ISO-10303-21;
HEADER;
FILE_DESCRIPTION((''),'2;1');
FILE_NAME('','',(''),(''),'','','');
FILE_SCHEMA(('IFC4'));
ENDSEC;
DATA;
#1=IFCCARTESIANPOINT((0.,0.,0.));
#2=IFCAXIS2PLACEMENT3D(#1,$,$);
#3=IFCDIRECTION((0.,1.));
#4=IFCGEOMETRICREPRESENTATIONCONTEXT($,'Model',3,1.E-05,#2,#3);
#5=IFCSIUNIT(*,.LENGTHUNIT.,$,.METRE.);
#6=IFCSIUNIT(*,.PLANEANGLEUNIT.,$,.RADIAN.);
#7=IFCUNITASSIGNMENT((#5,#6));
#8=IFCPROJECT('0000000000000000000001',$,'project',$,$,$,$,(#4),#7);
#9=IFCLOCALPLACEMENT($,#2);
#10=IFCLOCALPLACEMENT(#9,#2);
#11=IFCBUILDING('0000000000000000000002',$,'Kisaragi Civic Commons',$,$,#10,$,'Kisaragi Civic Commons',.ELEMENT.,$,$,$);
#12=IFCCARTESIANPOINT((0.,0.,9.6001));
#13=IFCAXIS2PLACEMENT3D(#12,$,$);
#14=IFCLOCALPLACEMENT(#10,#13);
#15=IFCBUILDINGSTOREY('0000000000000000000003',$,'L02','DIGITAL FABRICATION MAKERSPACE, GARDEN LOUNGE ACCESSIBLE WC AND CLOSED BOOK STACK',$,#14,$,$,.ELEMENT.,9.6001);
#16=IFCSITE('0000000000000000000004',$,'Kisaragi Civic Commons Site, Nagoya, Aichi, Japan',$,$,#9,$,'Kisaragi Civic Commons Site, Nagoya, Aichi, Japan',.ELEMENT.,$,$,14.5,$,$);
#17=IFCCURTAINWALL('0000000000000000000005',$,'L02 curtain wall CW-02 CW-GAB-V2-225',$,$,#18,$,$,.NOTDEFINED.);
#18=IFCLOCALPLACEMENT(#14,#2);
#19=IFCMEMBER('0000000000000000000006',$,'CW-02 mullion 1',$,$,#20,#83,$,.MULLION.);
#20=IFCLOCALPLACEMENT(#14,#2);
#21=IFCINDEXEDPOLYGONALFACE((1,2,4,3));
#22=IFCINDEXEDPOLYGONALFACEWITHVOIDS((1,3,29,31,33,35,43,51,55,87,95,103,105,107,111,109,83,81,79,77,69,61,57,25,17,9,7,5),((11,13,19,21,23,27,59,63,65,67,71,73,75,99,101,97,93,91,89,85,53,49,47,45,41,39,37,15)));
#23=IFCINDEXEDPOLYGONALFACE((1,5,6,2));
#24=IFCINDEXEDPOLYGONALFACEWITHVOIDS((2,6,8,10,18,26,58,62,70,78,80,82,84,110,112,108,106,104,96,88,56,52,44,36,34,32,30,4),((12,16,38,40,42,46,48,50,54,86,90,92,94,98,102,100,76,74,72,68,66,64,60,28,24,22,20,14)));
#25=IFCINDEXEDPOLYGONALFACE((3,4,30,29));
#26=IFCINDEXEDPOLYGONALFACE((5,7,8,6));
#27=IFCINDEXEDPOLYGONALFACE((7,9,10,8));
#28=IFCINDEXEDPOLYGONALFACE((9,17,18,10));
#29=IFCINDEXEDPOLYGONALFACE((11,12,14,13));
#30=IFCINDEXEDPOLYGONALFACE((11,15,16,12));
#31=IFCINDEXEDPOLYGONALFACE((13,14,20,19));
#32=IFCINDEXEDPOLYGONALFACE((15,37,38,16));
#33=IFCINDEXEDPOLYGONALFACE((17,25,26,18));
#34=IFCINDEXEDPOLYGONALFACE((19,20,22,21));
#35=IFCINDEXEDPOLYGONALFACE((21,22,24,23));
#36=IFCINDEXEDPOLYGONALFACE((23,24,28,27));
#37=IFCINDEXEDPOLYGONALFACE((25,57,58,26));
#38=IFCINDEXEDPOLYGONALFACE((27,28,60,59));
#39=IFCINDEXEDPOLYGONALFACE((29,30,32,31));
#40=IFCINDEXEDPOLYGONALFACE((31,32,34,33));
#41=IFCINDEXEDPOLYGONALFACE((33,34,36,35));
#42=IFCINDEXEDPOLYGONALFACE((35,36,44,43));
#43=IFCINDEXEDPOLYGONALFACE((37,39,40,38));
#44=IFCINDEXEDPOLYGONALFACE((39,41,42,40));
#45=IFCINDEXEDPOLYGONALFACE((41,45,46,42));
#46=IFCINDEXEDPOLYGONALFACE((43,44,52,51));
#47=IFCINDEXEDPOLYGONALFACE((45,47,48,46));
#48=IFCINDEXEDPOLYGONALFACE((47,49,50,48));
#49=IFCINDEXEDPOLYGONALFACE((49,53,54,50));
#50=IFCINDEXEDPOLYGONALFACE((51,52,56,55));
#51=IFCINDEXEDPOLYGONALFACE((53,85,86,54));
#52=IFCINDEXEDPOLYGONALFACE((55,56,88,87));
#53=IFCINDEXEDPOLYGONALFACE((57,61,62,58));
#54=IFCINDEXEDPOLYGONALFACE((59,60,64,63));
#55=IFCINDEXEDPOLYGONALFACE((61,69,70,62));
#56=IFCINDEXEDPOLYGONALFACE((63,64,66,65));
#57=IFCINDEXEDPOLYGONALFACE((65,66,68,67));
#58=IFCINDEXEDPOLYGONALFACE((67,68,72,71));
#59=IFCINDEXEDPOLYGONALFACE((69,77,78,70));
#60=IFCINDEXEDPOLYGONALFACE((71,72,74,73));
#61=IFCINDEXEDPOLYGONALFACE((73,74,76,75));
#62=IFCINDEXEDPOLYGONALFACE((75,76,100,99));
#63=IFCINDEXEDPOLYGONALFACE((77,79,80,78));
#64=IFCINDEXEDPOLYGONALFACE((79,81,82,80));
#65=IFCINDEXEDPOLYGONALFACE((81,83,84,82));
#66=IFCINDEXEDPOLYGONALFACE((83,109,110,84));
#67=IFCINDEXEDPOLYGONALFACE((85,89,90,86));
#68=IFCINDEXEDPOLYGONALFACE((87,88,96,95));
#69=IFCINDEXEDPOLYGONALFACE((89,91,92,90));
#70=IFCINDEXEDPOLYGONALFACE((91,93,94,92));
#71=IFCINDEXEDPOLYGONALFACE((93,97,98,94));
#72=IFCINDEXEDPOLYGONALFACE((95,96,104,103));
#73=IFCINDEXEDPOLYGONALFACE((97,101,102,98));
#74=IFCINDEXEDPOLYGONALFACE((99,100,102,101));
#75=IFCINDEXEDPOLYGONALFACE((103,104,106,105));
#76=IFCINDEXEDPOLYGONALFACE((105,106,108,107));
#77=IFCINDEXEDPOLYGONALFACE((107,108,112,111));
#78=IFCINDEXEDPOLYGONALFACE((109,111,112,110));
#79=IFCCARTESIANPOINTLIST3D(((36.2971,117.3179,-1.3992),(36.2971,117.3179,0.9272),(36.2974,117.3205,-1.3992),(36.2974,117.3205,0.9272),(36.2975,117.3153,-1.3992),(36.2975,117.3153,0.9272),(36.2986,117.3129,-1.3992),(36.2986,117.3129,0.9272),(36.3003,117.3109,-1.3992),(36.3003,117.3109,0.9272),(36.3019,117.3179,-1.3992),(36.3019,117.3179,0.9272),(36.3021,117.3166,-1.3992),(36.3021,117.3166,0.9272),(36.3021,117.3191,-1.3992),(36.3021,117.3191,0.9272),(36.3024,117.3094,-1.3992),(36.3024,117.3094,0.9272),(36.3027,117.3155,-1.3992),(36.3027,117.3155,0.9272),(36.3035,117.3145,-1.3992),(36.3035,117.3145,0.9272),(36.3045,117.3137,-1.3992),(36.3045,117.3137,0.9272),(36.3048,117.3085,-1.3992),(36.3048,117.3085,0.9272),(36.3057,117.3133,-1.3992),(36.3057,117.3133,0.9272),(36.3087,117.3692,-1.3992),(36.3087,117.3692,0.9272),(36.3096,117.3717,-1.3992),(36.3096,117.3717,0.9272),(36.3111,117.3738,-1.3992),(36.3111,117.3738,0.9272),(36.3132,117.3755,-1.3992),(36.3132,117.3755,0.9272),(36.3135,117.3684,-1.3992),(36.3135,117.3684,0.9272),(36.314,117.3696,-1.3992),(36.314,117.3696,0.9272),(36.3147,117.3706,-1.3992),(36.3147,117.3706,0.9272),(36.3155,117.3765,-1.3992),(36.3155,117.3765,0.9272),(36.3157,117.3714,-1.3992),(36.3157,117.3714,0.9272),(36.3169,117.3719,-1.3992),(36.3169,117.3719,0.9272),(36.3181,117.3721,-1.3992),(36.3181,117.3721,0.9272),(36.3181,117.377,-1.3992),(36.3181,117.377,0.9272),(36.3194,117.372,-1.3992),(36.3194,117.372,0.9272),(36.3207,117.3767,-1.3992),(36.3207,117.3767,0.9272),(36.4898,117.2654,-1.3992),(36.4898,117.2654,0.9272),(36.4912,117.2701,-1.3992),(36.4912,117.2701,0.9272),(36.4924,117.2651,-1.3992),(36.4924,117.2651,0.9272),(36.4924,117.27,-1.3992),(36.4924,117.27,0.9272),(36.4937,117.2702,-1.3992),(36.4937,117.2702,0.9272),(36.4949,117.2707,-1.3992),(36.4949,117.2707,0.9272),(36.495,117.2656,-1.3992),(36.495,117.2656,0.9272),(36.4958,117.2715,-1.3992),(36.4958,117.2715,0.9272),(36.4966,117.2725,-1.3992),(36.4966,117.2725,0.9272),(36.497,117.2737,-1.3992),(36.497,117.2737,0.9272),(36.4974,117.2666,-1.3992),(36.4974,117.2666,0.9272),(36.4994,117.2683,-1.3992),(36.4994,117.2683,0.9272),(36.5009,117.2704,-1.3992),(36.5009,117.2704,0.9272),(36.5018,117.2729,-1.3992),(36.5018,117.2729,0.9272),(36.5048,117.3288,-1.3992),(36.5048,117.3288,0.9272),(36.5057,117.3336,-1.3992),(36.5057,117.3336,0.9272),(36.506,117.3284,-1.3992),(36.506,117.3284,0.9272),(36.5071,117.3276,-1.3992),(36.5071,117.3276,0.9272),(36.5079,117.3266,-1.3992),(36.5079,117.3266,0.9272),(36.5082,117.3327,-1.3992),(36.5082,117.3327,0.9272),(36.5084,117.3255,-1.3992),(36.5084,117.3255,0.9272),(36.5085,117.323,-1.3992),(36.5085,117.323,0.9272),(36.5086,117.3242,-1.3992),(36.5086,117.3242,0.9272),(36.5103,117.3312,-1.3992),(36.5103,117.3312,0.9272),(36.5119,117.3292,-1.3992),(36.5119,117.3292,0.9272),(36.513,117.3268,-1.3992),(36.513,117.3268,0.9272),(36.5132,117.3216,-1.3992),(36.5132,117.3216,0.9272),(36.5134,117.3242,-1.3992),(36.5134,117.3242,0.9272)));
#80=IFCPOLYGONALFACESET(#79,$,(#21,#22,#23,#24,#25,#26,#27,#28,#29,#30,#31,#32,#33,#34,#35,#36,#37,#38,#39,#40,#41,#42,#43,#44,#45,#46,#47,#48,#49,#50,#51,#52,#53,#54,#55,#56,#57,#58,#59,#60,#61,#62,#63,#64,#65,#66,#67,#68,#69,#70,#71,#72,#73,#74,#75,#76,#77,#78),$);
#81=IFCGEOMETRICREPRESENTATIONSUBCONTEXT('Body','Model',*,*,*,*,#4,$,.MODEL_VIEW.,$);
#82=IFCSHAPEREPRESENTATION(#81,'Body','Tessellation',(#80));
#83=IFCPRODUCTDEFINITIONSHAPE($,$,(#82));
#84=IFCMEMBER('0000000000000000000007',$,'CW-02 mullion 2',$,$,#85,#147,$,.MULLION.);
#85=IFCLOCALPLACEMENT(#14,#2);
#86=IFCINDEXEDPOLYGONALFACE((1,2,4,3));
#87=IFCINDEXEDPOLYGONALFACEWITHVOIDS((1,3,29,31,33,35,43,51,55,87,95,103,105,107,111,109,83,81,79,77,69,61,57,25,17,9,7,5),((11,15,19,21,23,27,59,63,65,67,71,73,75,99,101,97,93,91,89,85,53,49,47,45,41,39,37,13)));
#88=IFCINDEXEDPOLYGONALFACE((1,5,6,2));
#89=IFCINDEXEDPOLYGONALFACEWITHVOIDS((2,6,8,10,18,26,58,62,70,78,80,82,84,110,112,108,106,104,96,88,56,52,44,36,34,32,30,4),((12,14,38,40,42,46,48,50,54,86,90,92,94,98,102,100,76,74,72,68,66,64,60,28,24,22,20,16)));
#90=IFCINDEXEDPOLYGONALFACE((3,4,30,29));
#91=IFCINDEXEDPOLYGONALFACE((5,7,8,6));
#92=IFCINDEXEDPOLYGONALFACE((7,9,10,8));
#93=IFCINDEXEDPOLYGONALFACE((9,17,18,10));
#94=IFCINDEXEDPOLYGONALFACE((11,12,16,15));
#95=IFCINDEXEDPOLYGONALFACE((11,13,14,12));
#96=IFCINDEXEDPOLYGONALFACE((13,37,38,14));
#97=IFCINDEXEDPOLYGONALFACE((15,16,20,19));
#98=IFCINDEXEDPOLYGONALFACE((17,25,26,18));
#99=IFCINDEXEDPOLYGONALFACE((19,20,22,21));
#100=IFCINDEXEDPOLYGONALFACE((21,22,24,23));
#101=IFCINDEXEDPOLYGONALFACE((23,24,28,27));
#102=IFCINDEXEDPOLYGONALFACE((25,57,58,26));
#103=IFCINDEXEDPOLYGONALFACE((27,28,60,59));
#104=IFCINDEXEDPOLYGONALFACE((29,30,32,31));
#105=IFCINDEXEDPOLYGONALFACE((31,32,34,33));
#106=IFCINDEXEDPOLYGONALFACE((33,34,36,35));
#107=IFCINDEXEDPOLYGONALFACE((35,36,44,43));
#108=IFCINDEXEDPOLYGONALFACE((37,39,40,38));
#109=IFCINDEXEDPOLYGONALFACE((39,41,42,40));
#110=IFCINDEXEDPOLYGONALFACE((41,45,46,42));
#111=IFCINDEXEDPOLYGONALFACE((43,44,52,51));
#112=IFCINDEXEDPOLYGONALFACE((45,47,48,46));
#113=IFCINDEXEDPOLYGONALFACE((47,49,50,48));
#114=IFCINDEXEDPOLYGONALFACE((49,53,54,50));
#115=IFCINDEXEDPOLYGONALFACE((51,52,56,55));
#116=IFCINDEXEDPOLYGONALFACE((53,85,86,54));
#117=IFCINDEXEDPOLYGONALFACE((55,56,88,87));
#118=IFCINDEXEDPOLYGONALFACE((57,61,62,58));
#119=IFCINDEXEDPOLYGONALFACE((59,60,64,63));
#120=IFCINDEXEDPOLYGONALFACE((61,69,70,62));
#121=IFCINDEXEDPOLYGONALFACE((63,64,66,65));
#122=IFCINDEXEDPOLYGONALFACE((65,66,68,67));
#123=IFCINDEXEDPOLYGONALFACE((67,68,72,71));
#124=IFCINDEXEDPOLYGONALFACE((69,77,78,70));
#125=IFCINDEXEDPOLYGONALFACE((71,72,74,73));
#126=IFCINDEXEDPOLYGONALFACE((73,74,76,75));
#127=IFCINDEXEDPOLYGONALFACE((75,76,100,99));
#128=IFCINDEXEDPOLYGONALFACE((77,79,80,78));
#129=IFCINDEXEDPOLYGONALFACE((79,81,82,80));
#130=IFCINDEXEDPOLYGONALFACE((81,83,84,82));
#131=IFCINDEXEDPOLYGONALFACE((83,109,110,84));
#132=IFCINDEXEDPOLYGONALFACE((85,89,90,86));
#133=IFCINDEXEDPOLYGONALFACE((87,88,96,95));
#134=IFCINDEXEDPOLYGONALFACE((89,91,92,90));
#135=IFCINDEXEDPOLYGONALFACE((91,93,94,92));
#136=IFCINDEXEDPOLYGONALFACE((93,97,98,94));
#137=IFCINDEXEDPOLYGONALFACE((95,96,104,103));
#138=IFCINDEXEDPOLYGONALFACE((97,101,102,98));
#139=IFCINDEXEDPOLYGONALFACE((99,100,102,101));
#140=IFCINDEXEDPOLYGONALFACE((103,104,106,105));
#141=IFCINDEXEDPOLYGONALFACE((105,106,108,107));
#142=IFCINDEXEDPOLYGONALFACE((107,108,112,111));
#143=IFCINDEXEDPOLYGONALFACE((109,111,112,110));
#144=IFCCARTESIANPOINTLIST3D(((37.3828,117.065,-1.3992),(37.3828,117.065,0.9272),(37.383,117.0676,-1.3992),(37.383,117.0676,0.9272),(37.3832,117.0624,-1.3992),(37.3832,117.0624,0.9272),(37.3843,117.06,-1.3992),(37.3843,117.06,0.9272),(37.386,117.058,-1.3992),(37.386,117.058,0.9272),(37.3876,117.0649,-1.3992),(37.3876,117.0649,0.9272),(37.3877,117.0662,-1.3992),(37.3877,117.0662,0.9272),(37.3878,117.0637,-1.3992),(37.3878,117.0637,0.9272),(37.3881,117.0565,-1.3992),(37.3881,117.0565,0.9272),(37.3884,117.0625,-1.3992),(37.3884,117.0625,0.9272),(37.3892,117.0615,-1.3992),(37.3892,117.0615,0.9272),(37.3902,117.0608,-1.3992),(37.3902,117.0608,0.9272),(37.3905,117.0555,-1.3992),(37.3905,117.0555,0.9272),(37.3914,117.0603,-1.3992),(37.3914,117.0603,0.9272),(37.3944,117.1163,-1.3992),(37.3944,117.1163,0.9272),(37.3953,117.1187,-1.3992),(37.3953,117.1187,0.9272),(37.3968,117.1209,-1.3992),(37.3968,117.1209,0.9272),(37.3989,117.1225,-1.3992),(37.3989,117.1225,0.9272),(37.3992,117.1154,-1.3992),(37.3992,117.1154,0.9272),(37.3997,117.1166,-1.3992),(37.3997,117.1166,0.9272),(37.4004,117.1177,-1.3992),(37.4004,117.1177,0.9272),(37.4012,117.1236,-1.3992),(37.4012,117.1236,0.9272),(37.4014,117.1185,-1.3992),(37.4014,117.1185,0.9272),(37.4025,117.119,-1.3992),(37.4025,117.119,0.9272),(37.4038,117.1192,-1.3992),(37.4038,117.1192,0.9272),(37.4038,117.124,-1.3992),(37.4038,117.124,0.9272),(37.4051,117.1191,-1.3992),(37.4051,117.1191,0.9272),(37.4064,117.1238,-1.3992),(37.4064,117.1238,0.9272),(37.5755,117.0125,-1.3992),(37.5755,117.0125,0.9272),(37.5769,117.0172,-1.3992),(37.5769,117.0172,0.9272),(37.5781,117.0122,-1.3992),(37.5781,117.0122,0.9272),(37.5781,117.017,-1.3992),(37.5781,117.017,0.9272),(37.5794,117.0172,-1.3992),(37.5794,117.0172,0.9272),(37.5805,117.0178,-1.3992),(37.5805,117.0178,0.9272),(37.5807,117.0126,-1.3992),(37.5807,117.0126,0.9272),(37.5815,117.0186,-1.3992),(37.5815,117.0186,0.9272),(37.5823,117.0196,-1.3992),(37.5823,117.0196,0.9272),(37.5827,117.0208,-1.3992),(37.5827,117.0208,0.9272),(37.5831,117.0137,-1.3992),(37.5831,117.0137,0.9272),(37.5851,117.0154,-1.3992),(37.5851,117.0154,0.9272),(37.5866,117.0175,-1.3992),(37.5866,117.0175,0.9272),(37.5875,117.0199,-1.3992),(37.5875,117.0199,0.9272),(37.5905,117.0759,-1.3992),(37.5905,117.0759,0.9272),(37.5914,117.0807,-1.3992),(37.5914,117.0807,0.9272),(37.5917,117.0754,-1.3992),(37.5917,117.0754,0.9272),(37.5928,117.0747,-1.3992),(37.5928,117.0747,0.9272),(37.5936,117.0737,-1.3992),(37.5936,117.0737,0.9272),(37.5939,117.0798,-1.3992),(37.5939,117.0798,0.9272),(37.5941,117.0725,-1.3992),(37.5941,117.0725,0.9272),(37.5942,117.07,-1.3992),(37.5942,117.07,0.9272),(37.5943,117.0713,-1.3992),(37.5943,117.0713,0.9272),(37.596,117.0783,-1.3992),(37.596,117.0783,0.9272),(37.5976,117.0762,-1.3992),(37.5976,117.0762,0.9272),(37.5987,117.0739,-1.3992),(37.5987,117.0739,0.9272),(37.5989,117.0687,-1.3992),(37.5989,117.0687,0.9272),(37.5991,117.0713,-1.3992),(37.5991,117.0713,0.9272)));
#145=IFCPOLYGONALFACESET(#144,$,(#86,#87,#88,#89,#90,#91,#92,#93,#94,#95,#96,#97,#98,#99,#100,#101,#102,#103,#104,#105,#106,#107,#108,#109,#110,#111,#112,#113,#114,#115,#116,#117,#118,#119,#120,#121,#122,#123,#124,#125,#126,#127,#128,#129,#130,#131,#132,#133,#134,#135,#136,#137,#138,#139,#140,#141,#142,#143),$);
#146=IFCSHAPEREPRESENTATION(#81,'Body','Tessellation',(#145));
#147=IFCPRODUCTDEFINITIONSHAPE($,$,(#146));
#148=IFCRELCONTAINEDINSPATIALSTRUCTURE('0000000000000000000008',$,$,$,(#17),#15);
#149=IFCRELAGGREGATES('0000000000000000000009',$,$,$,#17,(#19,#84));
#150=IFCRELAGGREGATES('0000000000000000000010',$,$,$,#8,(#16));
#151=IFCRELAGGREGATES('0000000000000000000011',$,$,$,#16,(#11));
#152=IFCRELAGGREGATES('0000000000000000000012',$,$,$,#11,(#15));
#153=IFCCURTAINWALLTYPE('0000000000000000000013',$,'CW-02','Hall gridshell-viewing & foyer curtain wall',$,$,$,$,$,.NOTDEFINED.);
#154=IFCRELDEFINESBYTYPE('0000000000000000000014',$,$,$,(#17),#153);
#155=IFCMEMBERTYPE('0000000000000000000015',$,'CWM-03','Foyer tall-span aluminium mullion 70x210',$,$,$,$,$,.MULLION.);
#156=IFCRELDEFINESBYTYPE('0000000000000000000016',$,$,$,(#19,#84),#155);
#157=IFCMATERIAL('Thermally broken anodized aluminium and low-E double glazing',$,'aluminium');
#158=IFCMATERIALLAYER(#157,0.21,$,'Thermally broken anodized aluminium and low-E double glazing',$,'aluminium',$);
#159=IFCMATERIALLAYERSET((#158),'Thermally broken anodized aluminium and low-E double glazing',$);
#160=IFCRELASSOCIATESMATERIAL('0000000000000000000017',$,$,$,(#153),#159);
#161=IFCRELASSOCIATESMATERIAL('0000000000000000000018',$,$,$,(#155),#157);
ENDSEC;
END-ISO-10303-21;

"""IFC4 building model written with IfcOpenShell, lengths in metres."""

from ifc_helpers import new_model, si_unit, direction, frame, origin, origin_2d, place, context, subcontext, project, spatial, hollow_rectangle, extrude, material, layer, layer_set, material_profile, profile_set, type_object, element, aggregate, save


model = new_model("IFC4")

# Units and contexts
model_context = context("Model", 3, precision=1e-05, world=origin(), true_north=direction((0.0, 1.0)))
body_context = subcontext(model_context, "Body", "Model", "MODEL_VIEW")
ifc_project = project(units=[si_unit("LENGTHUNIT", "METRE"), si_unit("PLANEANGLEUNIT", "RADIAN")], contexts=[model_context])

# Site, building, storey
site_placement = place(None, origin())
site = spatial("IfcSite", under=ifc_project, at=site_placement, Name="Kisaragi Civic Commons Site, Nagoya, Aichi, Japan", LongName="Kisaragi Civic Commons Site, Nagoya, Aichi, Japan", CompositionType="ELEMENT", RefElevation=14.5)
building_placement = place(site_placement, origin())
building = spatial("IfcBuilding", under=site, at=building_placement, Name="Kisaragi Civic Commons", LongName="Kisaragi Civic Commons", CompositionType="ELEMENT")
storey_placement = place(building_placement, frame((0.0, 0.0, 9.6001)))
storey = spatial("IfcBuildingStorey", under=building, at=storey_placement, Name="L02", Description="DIGITAL FABRICATION MAKERSPACE, GARDEN LOUNGE ACCESSIBLE WC AND CLOSED BOOK STACK", CompositionType="ELEMENT", Elevation=9.6001)

# Curtain wall, members
ifc_material_1 = material(Name="Thermally broken anodized aluminium and low-E double glazing", Category="aluminium")
ifc_layer_1 = layer(ifc_material_1, 0.21, Name="Thermally broken anodized aluminium and low-E double glazing", Category="aluminium")
ifc_layer_set_1 = layer_set([ifc_layer_1], Name="Thermally broken anodized aluminium and low-E double glazing")
curtain_wall_type = type_object("IfcCurtainWallType", Name="CW-02", Description="Hall gridshell-viewing & foyer curtain wall", PredefinedType="NOTDEFINED", material=ifc_layer_set_1)
curtain_wall_placement = place(storey_placement, origin())
curtain_wall = element("IfcCurtainWall", 1, at=curtain_wall_placement, inside=storey, type_object=curtain_wall_type, Name="L02 curtain wall CW-02 CW-GAB-V2-225", PredefinedType="NOTDEFINED")
ifc_material_profile_1 = material_profile(ifc_material_1, hollow_rectangle(XDim=0.0701, YDim=0.21, WallThickness=0.0049, InnerFilletRadius=0.0049, OuterFilletRadius=0.01, at=origin_2d()), Name="CWM-70x210x5", Category="aluminium")
ifc_profile_set_1 = profile_set([ifc_material_profile_1], Name="Thermally broken anodized aluminium and low-E double glazing")
member_type_1 = type_object("IfcMemberType", Name="CWM-03", Description="Foyer tall-span aluminium mullion 70x210", PredefinedType="MULLION", material=ifc_profile_set_1)
member_1_placement = place(storey_placement, frame((36.4053, 117.321, -1.3992), z_axis=(0.0, 0.0, 1.0), x_axis=(0.226825, 0.973935, 0.0)))
member_1 = element("IfcMember", 2, at=member_1_placement, type_object=member_type_1, Name="CW-02 mullion 1", PredefinedType="MULLION", context=body_context, shape_type="SweptSolid", body=[
    extrude(hollow_rectangle(XDim=0.0701, YDim=0.21, WallThickness=0.0049, InnerFilletRadius=0.0049, OuterFilletRadius=0.01, at=origin_2d()), origin(), (0.0, 0.0, 1.0), 2.3264),
])
member_2_placement = place(storey_placement, frame((37.491, 117.0681, -1.3992), z_axis=(0.0, 0.0, 1.0), x_axis=(0.226825, 0.973935, 0.0)))
member_2 = element("IfcMember", 3, at=member_2_placement, type_object=member_type_1, Name="CW-02 mullion 2", PredefinedType="MULLION", context=body_context, shape_type="SweptSolid", body=[
    extrude(hollow_rectangle(XDim=0.0701, YDim=0.21, WallThickness=0.0049, InnerFilletRadius=0.0049, OuterFilletRadius=0.01, at=origin_2d()), origin(), (0.0, 0.0, 1.0), 2.3264),
])

aggregate(curtain_wall, [member_1, member_2])

save(model, "model.ifc")
